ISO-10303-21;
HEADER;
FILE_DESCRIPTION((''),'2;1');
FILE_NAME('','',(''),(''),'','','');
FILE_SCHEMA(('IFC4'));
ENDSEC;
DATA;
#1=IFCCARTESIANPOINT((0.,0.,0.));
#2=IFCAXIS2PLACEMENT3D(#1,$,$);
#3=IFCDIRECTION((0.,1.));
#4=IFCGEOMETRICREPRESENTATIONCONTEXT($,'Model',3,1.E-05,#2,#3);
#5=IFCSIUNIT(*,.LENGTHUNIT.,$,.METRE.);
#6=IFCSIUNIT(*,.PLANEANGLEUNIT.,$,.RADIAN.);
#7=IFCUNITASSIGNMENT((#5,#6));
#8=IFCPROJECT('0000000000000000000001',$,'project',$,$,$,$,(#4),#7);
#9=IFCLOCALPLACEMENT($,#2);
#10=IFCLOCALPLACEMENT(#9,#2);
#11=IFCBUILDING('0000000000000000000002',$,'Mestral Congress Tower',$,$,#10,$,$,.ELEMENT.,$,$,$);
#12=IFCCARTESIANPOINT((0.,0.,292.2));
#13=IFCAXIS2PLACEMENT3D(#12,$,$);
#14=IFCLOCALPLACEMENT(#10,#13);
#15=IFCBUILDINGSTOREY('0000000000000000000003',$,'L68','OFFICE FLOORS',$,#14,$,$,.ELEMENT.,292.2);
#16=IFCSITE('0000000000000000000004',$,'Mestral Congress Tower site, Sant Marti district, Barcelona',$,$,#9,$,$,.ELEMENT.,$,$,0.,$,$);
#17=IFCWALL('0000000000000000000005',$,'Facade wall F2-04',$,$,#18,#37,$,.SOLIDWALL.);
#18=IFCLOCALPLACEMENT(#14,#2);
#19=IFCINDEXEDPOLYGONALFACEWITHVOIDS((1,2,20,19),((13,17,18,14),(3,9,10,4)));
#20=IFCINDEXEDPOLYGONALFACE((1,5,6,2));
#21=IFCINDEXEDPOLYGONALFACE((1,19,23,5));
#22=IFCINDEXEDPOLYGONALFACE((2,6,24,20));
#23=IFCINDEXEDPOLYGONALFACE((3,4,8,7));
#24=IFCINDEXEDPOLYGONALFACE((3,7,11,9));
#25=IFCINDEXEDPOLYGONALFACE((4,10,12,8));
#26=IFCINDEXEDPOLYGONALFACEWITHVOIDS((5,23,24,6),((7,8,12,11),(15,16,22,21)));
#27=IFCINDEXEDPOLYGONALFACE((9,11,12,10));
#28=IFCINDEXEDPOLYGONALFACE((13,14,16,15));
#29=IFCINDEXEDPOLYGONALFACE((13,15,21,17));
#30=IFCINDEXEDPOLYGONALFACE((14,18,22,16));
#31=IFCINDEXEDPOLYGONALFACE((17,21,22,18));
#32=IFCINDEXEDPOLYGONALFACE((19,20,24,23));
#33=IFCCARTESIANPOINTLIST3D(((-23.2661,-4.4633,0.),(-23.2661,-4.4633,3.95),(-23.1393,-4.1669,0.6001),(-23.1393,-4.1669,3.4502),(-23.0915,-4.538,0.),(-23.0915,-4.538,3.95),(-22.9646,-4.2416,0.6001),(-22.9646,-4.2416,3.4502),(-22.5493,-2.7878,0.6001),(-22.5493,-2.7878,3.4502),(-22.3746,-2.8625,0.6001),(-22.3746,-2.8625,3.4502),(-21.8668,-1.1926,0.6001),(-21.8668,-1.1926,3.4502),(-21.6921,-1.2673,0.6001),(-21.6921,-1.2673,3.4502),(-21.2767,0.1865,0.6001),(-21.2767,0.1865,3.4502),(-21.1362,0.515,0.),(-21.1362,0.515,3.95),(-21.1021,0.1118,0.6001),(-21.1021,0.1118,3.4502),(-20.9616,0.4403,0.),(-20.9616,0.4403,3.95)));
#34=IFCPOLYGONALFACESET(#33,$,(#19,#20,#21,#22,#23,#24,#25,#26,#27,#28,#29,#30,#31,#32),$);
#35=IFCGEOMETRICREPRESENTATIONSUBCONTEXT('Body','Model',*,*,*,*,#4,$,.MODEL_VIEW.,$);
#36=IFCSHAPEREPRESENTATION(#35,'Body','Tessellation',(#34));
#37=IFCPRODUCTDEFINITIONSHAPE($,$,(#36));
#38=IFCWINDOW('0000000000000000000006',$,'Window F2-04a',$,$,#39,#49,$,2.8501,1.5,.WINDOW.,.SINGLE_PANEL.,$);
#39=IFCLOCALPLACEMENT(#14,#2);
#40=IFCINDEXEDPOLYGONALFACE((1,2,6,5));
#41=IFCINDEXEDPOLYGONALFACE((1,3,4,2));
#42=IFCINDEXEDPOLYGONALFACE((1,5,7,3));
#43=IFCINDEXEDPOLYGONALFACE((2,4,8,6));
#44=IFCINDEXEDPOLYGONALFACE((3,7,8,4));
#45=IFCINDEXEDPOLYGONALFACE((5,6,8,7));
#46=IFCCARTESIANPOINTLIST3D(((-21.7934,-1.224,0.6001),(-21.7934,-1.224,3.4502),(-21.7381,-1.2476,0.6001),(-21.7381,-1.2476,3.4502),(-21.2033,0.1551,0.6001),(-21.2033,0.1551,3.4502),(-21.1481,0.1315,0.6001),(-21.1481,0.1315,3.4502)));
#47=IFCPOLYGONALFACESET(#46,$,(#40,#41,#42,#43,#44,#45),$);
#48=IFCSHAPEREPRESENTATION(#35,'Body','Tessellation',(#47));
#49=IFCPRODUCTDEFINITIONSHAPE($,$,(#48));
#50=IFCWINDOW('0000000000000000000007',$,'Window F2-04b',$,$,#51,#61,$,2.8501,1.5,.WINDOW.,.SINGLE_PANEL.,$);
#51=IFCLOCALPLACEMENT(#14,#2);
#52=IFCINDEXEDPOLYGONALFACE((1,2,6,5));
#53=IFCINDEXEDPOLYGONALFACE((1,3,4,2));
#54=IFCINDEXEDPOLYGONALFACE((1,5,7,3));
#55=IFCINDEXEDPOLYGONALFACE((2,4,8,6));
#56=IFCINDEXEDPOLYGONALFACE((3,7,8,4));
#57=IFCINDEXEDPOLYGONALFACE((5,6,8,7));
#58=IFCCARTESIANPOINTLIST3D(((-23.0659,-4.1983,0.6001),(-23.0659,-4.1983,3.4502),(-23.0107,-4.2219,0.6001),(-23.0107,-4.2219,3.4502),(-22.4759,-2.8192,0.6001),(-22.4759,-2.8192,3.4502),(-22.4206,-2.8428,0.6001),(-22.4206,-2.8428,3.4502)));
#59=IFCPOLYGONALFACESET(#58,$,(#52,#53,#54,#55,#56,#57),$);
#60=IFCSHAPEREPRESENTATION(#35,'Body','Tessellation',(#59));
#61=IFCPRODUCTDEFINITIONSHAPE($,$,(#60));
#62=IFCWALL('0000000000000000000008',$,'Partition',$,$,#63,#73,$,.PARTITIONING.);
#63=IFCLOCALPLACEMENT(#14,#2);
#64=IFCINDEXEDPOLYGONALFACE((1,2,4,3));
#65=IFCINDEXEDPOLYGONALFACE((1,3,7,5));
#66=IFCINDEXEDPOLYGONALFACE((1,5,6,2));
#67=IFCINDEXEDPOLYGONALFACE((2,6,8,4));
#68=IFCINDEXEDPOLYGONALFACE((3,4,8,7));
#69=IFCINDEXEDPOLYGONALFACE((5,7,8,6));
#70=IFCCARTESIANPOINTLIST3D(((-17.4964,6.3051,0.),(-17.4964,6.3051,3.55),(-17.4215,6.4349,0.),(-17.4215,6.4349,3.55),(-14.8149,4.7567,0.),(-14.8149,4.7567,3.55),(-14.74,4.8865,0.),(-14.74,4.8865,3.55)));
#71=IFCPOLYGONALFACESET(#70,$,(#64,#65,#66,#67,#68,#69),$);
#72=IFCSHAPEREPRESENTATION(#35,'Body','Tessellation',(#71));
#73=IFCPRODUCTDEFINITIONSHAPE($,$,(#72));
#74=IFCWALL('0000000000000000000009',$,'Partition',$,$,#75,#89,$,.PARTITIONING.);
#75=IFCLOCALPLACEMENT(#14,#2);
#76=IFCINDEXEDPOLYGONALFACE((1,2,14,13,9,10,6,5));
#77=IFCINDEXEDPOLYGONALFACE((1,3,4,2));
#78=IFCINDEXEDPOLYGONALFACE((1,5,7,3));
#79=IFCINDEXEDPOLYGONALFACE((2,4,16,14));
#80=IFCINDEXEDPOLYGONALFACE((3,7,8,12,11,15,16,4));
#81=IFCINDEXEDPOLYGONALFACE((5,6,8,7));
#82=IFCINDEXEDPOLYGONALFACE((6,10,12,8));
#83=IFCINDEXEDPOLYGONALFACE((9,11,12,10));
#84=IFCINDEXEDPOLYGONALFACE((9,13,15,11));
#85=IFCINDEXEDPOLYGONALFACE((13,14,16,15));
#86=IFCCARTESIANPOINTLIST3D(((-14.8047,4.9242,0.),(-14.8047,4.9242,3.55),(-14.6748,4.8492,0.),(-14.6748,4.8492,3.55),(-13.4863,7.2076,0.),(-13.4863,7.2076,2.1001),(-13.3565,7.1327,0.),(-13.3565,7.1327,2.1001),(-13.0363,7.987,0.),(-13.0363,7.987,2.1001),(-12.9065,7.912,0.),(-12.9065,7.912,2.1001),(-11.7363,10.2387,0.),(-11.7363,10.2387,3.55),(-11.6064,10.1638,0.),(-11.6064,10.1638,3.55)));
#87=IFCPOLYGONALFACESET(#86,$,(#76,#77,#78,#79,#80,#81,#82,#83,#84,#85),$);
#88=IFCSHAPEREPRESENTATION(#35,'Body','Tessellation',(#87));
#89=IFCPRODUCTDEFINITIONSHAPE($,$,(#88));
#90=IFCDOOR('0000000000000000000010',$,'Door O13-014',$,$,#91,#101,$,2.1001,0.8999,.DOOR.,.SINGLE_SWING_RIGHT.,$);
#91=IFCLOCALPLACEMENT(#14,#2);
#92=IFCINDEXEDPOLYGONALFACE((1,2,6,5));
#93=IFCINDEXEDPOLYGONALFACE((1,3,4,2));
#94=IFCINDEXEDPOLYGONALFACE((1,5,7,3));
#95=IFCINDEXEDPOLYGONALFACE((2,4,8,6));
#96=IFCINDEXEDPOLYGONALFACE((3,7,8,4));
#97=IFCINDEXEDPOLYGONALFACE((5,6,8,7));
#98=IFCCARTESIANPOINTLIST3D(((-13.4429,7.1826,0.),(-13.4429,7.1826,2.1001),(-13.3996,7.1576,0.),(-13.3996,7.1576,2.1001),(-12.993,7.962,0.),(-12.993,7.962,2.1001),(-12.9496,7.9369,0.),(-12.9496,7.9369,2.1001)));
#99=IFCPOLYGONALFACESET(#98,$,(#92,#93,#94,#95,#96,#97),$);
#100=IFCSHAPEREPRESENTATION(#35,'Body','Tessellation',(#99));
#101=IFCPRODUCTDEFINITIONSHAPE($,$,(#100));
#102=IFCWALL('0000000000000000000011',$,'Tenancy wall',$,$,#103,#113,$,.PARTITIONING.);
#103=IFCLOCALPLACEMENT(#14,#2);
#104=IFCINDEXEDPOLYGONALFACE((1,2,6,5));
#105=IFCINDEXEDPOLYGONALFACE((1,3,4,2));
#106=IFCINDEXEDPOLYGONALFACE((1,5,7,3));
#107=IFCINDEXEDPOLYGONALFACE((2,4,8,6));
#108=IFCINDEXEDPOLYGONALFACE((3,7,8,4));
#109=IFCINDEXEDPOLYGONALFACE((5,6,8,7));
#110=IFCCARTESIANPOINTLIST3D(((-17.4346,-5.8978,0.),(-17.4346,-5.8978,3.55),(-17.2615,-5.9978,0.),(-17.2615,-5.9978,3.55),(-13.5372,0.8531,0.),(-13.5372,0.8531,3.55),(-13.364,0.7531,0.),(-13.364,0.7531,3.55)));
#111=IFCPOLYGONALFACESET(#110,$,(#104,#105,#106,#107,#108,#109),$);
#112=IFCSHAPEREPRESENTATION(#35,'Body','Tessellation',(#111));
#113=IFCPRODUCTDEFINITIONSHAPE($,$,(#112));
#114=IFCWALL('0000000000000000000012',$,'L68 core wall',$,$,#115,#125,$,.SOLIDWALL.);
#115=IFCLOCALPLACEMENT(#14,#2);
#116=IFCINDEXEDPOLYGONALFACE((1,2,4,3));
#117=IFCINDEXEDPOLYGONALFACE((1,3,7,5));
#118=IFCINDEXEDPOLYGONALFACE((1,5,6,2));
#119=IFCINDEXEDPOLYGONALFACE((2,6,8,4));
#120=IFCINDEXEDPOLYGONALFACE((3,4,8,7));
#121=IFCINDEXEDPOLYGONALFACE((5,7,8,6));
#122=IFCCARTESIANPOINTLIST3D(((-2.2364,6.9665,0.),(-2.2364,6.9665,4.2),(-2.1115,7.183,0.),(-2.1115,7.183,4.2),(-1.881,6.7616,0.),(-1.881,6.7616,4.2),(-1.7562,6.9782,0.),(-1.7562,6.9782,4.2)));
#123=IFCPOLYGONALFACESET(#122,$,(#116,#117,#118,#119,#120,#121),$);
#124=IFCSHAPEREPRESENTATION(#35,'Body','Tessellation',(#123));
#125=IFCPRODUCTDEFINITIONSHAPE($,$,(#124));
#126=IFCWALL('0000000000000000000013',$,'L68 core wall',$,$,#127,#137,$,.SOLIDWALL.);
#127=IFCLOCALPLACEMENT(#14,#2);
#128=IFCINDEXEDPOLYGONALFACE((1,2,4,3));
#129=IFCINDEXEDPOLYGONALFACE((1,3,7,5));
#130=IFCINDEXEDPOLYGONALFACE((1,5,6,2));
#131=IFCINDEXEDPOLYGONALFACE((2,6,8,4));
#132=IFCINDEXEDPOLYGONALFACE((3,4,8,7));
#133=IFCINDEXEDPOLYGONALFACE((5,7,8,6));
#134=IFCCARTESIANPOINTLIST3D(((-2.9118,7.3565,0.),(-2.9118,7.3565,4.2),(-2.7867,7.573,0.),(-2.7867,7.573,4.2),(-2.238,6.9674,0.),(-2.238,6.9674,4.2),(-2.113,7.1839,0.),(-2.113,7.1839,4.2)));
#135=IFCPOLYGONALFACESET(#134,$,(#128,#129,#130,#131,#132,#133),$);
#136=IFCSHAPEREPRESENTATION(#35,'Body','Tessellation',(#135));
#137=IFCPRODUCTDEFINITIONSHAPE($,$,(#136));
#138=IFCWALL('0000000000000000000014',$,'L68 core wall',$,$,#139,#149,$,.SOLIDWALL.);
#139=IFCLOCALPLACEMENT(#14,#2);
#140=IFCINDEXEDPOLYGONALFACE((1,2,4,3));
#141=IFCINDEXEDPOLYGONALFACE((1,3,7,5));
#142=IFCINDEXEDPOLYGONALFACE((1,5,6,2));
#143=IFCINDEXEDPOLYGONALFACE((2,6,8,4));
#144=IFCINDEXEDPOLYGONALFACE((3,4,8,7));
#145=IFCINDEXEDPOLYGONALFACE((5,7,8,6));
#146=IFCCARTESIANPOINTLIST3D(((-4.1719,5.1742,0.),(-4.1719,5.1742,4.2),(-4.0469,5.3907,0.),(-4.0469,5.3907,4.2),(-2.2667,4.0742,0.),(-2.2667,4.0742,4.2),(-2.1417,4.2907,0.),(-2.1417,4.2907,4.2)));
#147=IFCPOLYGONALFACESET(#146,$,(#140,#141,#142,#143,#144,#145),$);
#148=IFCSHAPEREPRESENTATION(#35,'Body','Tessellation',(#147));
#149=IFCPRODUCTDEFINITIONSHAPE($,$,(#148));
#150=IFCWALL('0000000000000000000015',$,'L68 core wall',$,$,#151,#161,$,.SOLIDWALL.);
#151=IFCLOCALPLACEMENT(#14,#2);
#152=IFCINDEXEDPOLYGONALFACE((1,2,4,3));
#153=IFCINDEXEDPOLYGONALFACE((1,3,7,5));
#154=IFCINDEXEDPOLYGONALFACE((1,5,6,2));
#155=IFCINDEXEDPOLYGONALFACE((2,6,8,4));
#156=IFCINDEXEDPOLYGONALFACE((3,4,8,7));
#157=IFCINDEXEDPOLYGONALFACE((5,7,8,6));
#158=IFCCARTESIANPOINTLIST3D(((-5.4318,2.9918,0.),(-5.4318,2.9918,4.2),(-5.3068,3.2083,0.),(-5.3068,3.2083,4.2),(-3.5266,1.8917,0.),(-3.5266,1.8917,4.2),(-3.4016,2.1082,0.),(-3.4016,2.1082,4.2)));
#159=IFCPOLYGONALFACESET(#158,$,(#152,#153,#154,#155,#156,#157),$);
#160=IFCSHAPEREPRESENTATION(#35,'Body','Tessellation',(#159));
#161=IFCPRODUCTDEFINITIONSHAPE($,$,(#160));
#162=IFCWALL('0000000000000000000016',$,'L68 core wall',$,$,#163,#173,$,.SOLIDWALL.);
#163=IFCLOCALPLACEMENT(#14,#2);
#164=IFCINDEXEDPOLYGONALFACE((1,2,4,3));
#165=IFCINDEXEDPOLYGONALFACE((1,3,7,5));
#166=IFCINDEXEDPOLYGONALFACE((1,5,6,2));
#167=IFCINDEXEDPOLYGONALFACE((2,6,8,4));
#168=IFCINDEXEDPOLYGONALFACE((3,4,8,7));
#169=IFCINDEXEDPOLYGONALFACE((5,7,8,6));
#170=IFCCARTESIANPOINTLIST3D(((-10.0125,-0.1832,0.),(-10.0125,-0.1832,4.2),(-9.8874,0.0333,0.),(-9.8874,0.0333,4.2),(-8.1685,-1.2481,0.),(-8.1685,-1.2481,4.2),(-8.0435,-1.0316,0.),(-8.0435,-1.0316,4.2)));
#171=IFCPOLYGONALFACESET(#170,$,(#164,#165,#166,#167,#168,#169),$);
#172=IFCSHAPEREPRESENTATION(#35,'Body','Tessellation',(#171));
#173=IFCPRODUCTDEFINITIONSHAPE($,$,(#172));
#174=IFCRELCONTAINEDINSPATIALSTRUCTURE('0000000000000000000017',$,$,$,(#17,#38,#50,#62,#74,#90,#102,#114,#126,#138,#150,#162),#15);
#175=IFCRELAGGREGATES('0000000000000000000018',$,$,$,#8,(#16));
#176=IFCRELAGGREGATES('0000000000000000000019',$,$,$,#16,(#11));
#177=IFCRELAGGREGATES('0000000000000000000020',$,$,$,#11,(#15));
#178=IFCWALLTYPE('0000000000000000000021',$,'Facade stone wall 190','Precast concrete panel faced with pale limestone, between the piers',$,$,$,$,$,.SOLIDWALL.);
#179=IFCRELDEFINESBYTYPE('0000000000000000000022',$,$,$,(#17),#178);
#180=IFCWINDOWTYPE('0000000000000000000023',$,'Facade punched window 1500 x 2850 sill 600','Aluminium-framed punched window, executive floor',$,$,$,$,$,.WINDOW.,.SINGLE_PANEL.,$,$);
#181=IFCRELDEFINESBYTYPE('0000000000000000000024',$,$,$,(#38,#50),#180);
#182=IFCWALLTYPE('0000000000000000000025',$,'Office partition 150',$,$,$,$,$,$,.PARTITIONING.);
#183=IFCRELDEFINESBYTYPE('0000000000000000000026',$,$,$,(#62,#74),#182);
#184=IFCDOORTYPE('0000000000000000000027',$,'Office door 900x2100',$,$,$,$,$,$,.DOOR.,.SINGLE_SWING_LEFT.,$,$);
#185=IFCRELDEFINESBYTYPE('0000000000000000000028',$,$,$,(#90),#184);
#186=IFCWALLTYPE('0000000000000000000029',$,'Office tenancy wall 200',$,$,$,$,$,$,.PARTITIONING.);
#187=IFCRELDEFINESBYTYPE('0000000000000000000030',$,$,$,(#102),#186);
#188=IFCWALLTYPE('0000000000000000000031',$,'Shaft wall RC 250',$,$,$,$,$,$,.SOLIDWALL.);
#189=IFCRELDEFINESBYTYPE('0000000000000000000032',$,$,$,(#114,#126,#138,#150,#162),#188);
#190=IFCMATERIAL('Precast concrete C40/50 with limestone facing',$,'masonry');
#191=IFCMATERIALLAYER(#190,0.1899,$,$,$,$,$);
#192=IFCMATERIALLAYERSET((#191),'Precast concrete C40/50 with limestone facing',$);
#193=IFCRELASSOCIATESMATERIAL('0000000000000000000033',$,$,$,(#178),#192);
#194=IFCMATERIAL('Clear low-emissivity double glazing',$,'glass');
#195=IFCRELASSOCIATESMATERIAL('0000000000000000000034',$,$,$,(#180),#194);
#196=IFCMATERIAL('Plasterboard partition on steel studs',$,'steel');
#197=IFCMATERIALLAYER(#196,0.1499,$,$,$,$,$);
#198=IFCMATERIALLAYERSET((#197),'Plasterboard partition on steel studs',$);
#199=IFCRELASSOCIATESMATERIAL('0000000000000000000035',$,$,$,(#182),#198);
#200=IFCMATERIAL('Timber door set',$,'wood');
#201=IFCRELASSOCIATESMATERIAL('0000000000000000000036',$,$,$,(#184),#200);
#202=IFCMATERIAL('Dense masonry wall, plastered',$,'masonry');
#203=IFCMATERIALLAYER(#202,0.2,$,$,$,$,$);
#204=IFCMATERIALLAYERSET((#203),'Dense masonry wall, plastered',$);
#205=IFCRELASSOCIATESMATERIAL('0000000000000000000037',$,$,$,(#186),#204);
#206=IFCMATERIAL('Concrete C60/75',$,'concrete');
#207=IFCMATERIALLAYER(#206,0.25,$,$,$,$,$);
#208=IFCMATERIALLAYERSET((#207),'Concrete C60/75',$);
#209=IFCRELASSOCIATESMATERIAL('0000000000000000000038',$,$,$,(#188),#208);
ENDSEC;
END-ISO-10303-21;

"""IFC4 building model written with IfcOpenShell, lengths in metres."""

from ifc_helpers import new_model, si_unit, direction, frame, frame_2d, origin, place, context, subcontext, project, spatial, rectangle, extrude, material, layer, layer_set, type_object, element, fill, save


model = new_model("IFC4")

# Units and contexts
model_context = context("Model", 3, precision=1e-05, world=origin(), true_north=direction((0.0, 1.0)))
body_context = subcontext(model_context, "Body", "Model", "MODEL_VIEW")
ifc_project = project(units=[si_unit("LENGTHUNIT", "METRE"), si_unit("PLANEANGLEUNIT", "RADIAN")], contexts=[model_context])

# Site, building, storey
site_placement = place(None, origin())
site = spatial("IfcSite", under=ifc_project, at=site_placement, Name="Mestral Congress Tower site, Sant Marti district, Barcelona", CompositionType="ELEMENT", RefElevation=0.0)
building_placement = place(site_placement, origin())
building = spatial("IfcBuilding", under=site, at=building_placement, Name="Mestral Congress Tower", CompositionType="ELEMENT")
storey_placement = place(building_placement, frame((0.0, 0.0, 292.2)))
storey = spatial("IfcBuildingStorey", under=building, at=storey_placement, Name="L68", Description="OFFICE FLOORS", CompositionType="ELEMENT", Elevation=292.2)

# Shared definitions
ifc_material_1 = material(Name="Concrete C60/75", Category="concrete")

# Wall, openings, windows
ifc_material_2 = material(Name="Precast concrete C40/50 with limestone facing", Category="masonry")
ifc_layer_1 = layer(ifc_material_2, 0.1899)
ifc_layer_set_1 = layer_set([ifc_layer_1], Name="Precast concrete C40/50 with limestone facing")
wall_type_1 = type_object("IfcWallType", Name="Facade stone wall 190", Description="Precast concrete panel faced with pale limestone, between the piers", PredefinedType="SOLIDWALL", material=ifc_layer_set_1)
ifc_material_3 = material(Name="Clear low-emissivity double glazing", Category="glass")
window_type = type_object("IfcWindowType", Name="Facade punched window 1500 x 2850 sill 600", Description="Aluminium-framed punched window, executive floor", PartitioningType="SINGLE_PANEL", PredefinedType="WINDOW", material=ifc_material_3)
wall_1_placement = place(storey_placement, frame((-21.0488, 0.4778, 0.0), z_axis=(0.0, 0.0, 1.0), x_axis=(-0.393348, -0.91939, 0.0)))
wall_1 = element("IfcWall", 1, at=wall_1_placement, inside=storey, type_object=wall_type_1, Name="Facade wall F2-04", PredefinedType="SOLIDWALL", context=body_context, shape_type="SweptSolid", body=[
    extrude(rectangle(XDim=5.4148, YDim=0.1899, at=frame_2d((2.7075, 0.0))), origin(), (0.0, 0.0, 1.0), 3.95),
])
opening_1_placement = place(wall_1_placement, frame((0.3574, 0.0, 0.6001)))
opening_1 = element("IfcOpeningElement", 2, at=opening_1_placement, cuts=wall_1, PredefinedType="OPENING", context=body_context, shape_type="SweptSolid", body=[
    extrude(rectangle(XDim=1.5, YDim=2.8501, at=frame_2d((0.75, 1.425))), frame((0.0, 0.105, 0.0), z_axis=(0.0, -1.0, 0.0), x_axis=(1.0, 0.0, 0.0)), (0.0, 0.0, 1.0), 0.21),
])
opening_2_placement = place(wall_1_placement, frame((3.5925, 0.0, 0.6001)))
opening_2 = element("IfcOpeningElement", 3, at=opening_2_placement, cuts=wall_1, PredefinedType="OPENING", context=body_context, shape_type="SweptSolid", body=[
    extrude(rectangle(XDim=1.5, YDim=2.8501, at=frame_2d((0.75, 1.425))), frame((0.0, 0.105, 0.0), z_axis=(0.0, -1.0, 0.0), x_axis=(1.0, 0.0, 0.0)), (0.0, 0.0, 1.0), 0.21),
])
window_1_placement = place(opening_1_placement, origin())
window_1 = element("IfcWindow", 4, at=window_1_placement, inside=storey, type_object=window_type, Name="Window F2-04a", OverallHeight=2.8501, OverallWidth=1.5, PartitioningType="SINGLE_PANEL", PredefinedType="WINDOW", context=body_context, shape_type="SweptSolid", body=[
    extrude(rectangle(XDim=1.5, YDim=2.8501, at=frame_2d((0.75, 1.425))), frame((0.0, 0.0449, 0.0), z_axis=(0.0, -1.0, 0.0), x_axis=(1.0, 0.0, 0.0)), (0.0, 0.0, 1.0), 0.0601),
])
fill(opening_1, window_1)
window_2_placement = place(opening_2_placement, origin())
window_2 = element("IfcWindow", 5, at=window_2_placement, inside=storey, type_object=window_type, Name="Window F2-04b", OverallHeight=2.8501, OverallWidth=1.5, PartitioningType="SINGLE_PANEL", PredefinedType="WINDOW", context=body_context, shape_type="SweptSolid", body=[
    extrude(rectangle(XDim=1.5, YDim=2.8501, at=frame_2d((0.75, 1.425))), frame((0.0, 0.0449, 0.0), z_axis=(0.0, -1.0, 0.0), x_axis=(1.0, 0.0, 0.0)), (0.0, 0.0, 1.0), 0.0601),
])
fill(opening_2, window_2)

# Wall
ifc_material_4 = material(Name="Plasterboard partition on steel studs", Category="steel")
ifc_layer_2 = layer(ifc_material_4, 0.1499)
ifc_layer_set_2 = layer_set([ifc_layer_2], Name="Plasterboard partition on steel studs")
wall_type_2 = type_object("IfcWallType", Name="Office partition 150", PredefinedType="PARTITIONING", material=ifc_layer_set_2)
wall_2_placement = place(storey_placement, frame((-14.7773, 4.8215, 0.0), z_axis=(0.0, 0.0, 1.0), x_axis=(-0.865993, 0.500057, 0.0)))
element("IfcWall", 6, at=wall_2_placement, inside=storey, type_object=wall_type_2, Name="Partition", PredefinedType="PARTITIONING", context=body_context, shape_type="SweptSolid", body=[
    extrude(rectangle(XDim=3.0964, YDim=0.1499, at=frame_2d((1.5483, 0.0))), origin(), (0.0, 0.0, 1.0), 3.55),
])

# Wall, opening, door
wall_3_placement = place(storey_placement, frame((-14.7397, 4.8867, 0.0), z_axis=(0.0, 0.0, 1.0), x_axis=(0.500007, 0.866021, 0.0)))
wall_3 = element("IfcWall", 7, at=wall_3_placement, inside=storey, type_object=wall_type_2, Name="Partition", PredefinedType="PARTITIONING", context=body_context, shape_type="SweptSolid", body=[
    extrude(rectangle(XDim=6.1367, YDim=0.1499, at=frame_2d((3.0684, 0.0))), origin(), (0.0, 0.0, 1.0), 3.55),
])
opening_3_placement = place(wall_3_placement, frame((2.6367, 0.0, 0.0)))
opening_3 = element("IfcOpeningElement", 8, at=opening_3_placement, cuts=wall_3, PredefinedType="OPENING", context=body_context, shape_type="SweptSolid", body=[
    extrude(rectangle(XDim=0.8999, YDim=2.1001, at=frame_2d((0.45, 1.05))), frame((0.0, 0.085, 0.0), z_axis=(0.0, -1.0, 0.0), x_axis=(1.0, 0.0, 0.0)), (0.0, 0.0, 1.0), 0.1699),
])
ifc_material_5 = material(Name="Timber door set", Category="wood")
door_type_1 = type_object("IfcDoorType", Name="Office door 900x2100", OperationType="SINGLE_SWING_LEFT", PredefinedType="DOOR", material=ifc_material_5)
door_1_placement = place(opening_3_placement, origin())
door_1 = element("IfcDoor", 9, at=door_1_placement, inside=storey, type_object=door_type_1, Name="Door O13-014", OperationType="SINGLE_SWING_RIGHT", OverallHeight=2.1001, OverallWidth=0.8999, PredefinedType="DOOR", context=body_context, shape_type="SweptSolid", body=[
    extrude(rectangle(XDim=0.8999, YDim=2.1001, at=frame_2d((0.45, 1.05))), frame((0.0, 0.0249, 0.0), z_axis=(0.0, -1.0, 0.0), x_axis=(1.0, 0.0, 0.0)), (0.0, 0.0, 1.0), 0.05),
])
fill(opening_3, door_1)

# Walls
ifc_material_6 = material(Name="Dense masonry wall, plastered", Category="masonry")
ifc_layer_3 = layer(ifc_material_6, 0.2)
ifc_layer_set_3 = layer_set([ifc_layer_3], Name="Dense masonry wall, plastered")
wall_type_3 = type_object("IfcWallType", Name="Office tenancy wall 200", PredefinedType="PARTITIONING", material=ifc_layer_set_3)
wall_4_placement = place(storey_placement, frame((-13.4507, 0.803, 0.0), z_axis=(0.0, 0.0, 1.0), x_axis=(-0.499979, -0.866037, 0.0)))
element("IfcWall", 10, at=wall_4_placement, inside=storey, type_object=wall_type_3, Name="Tenancy wall", PredefinedType="PARTITIONING", context=body_context, shape_type="SweptSolid", body=[
    extrude(rectangle(XDim=7.7952, YDim=0.2, at=frame_2d((3.8975, 0.0))), origin(), (0.0, 0.0, 1.0), 3.55),
])
ifc_layer_4 = layer(ifc_material_1, 0.25)
ifc_layer_set_4 = layer_set([ifc_layer_4], Name="Concrete C60/75")
wall_type_4 = type_object("IfcWallType", Name="Shaft wall RC 250", PredefinedType="SOLIDWALL", material=ifc_layer_set_4)
wall_5_placement = place(storey_placement, frame((-1.8186, 6.8699, 0.0), z_axis=(0.0, 0.0, 1.0), x_axis=(-0.866295, 0.499533, 0.0)))
element("IfcWall", 11, at=wall_5_placement, inside=storey, type_object=wall_type_4, Name="L68 core wall", PredefinedType="SOLIDWALL", context=body_context, shape_type="SweptSolid", body=[
    extrude(rectangle(XDim=0.4102, YDim=0.25, at=frame_2d((0.2051, 0.0))), origin(), (0.0, 0.0, 1.0), 4.2),
])
wall_6_placement = place(storey_placement, frame((-2.8494, 7.4648, 0.0), z_axis=(0.0, 0.0, 1.0), x_axis=(0.865956, -0.500121, 0.0)))
element("IfcWall", 12, at=wall_6_placement, inside=storey, type_object=wall_type_4, Name="L68 core wall", PredefinedType="SOLIDWALL", context=body_context, shape_type="SweptSolid", body=[
    extrude(rectangle(XDim=0.7781, YDim=0.25, at=frame_2d((0.3892, 0.0))), origin(), (0.0, 0.0, 1.0), 4.2),
])
for number, where, z_axis, x_axis, name in (
    (13, (-2.2041, 4.1824, 0.0), (0.0, 0.0, 1.0), (-0.866008, 0.50003, 0.0), "L68 core wall"),
    (14, (-5.3694, 3.1001, 0.0), (0.0, 0.0, 1.0), (0.866008, -0.50003, 0.0), "L68 core wall"),
):
    element("IfcWall", number, at=place(storey_placement, frame(where, z_axis=z_axis, x_axis=x_axis)), inside=storey, type_object=wall_type_4, Name=name, PredefinedType="SOLIDWALL", context=body_context, shape_type="SweptSolid", body=[
        extrude(rectangle(XDim=2.2, YDim=0.25, at=frame_2d((1.1001, 0.0))), origin(), (0.0, 0.0, 1.0), 4.2),
    ])
wall_7_placement = place(storey_placement, frame((-9.95, -0.075, 0.0), z_axis=(0.0, 0.0, 1.0), x_axis=(0.865962, -0.500109, 0.0)))
element("IfcWall", 15, at=wall_7_placement, inside=storey, type_object=wall_type_4, Name="L68 core wall", PredefinedType="SOLIDWALL", context=body_context, shape_type="SweptSolid", body=[
    extrude(rectangle(XDim=2.1294, YDim=0.25, at=frame_2d((1.0647, 0.0))), origin(), (0.0, 0.0, 1.0), 4.2),
])

save(model, "model.ifc")
